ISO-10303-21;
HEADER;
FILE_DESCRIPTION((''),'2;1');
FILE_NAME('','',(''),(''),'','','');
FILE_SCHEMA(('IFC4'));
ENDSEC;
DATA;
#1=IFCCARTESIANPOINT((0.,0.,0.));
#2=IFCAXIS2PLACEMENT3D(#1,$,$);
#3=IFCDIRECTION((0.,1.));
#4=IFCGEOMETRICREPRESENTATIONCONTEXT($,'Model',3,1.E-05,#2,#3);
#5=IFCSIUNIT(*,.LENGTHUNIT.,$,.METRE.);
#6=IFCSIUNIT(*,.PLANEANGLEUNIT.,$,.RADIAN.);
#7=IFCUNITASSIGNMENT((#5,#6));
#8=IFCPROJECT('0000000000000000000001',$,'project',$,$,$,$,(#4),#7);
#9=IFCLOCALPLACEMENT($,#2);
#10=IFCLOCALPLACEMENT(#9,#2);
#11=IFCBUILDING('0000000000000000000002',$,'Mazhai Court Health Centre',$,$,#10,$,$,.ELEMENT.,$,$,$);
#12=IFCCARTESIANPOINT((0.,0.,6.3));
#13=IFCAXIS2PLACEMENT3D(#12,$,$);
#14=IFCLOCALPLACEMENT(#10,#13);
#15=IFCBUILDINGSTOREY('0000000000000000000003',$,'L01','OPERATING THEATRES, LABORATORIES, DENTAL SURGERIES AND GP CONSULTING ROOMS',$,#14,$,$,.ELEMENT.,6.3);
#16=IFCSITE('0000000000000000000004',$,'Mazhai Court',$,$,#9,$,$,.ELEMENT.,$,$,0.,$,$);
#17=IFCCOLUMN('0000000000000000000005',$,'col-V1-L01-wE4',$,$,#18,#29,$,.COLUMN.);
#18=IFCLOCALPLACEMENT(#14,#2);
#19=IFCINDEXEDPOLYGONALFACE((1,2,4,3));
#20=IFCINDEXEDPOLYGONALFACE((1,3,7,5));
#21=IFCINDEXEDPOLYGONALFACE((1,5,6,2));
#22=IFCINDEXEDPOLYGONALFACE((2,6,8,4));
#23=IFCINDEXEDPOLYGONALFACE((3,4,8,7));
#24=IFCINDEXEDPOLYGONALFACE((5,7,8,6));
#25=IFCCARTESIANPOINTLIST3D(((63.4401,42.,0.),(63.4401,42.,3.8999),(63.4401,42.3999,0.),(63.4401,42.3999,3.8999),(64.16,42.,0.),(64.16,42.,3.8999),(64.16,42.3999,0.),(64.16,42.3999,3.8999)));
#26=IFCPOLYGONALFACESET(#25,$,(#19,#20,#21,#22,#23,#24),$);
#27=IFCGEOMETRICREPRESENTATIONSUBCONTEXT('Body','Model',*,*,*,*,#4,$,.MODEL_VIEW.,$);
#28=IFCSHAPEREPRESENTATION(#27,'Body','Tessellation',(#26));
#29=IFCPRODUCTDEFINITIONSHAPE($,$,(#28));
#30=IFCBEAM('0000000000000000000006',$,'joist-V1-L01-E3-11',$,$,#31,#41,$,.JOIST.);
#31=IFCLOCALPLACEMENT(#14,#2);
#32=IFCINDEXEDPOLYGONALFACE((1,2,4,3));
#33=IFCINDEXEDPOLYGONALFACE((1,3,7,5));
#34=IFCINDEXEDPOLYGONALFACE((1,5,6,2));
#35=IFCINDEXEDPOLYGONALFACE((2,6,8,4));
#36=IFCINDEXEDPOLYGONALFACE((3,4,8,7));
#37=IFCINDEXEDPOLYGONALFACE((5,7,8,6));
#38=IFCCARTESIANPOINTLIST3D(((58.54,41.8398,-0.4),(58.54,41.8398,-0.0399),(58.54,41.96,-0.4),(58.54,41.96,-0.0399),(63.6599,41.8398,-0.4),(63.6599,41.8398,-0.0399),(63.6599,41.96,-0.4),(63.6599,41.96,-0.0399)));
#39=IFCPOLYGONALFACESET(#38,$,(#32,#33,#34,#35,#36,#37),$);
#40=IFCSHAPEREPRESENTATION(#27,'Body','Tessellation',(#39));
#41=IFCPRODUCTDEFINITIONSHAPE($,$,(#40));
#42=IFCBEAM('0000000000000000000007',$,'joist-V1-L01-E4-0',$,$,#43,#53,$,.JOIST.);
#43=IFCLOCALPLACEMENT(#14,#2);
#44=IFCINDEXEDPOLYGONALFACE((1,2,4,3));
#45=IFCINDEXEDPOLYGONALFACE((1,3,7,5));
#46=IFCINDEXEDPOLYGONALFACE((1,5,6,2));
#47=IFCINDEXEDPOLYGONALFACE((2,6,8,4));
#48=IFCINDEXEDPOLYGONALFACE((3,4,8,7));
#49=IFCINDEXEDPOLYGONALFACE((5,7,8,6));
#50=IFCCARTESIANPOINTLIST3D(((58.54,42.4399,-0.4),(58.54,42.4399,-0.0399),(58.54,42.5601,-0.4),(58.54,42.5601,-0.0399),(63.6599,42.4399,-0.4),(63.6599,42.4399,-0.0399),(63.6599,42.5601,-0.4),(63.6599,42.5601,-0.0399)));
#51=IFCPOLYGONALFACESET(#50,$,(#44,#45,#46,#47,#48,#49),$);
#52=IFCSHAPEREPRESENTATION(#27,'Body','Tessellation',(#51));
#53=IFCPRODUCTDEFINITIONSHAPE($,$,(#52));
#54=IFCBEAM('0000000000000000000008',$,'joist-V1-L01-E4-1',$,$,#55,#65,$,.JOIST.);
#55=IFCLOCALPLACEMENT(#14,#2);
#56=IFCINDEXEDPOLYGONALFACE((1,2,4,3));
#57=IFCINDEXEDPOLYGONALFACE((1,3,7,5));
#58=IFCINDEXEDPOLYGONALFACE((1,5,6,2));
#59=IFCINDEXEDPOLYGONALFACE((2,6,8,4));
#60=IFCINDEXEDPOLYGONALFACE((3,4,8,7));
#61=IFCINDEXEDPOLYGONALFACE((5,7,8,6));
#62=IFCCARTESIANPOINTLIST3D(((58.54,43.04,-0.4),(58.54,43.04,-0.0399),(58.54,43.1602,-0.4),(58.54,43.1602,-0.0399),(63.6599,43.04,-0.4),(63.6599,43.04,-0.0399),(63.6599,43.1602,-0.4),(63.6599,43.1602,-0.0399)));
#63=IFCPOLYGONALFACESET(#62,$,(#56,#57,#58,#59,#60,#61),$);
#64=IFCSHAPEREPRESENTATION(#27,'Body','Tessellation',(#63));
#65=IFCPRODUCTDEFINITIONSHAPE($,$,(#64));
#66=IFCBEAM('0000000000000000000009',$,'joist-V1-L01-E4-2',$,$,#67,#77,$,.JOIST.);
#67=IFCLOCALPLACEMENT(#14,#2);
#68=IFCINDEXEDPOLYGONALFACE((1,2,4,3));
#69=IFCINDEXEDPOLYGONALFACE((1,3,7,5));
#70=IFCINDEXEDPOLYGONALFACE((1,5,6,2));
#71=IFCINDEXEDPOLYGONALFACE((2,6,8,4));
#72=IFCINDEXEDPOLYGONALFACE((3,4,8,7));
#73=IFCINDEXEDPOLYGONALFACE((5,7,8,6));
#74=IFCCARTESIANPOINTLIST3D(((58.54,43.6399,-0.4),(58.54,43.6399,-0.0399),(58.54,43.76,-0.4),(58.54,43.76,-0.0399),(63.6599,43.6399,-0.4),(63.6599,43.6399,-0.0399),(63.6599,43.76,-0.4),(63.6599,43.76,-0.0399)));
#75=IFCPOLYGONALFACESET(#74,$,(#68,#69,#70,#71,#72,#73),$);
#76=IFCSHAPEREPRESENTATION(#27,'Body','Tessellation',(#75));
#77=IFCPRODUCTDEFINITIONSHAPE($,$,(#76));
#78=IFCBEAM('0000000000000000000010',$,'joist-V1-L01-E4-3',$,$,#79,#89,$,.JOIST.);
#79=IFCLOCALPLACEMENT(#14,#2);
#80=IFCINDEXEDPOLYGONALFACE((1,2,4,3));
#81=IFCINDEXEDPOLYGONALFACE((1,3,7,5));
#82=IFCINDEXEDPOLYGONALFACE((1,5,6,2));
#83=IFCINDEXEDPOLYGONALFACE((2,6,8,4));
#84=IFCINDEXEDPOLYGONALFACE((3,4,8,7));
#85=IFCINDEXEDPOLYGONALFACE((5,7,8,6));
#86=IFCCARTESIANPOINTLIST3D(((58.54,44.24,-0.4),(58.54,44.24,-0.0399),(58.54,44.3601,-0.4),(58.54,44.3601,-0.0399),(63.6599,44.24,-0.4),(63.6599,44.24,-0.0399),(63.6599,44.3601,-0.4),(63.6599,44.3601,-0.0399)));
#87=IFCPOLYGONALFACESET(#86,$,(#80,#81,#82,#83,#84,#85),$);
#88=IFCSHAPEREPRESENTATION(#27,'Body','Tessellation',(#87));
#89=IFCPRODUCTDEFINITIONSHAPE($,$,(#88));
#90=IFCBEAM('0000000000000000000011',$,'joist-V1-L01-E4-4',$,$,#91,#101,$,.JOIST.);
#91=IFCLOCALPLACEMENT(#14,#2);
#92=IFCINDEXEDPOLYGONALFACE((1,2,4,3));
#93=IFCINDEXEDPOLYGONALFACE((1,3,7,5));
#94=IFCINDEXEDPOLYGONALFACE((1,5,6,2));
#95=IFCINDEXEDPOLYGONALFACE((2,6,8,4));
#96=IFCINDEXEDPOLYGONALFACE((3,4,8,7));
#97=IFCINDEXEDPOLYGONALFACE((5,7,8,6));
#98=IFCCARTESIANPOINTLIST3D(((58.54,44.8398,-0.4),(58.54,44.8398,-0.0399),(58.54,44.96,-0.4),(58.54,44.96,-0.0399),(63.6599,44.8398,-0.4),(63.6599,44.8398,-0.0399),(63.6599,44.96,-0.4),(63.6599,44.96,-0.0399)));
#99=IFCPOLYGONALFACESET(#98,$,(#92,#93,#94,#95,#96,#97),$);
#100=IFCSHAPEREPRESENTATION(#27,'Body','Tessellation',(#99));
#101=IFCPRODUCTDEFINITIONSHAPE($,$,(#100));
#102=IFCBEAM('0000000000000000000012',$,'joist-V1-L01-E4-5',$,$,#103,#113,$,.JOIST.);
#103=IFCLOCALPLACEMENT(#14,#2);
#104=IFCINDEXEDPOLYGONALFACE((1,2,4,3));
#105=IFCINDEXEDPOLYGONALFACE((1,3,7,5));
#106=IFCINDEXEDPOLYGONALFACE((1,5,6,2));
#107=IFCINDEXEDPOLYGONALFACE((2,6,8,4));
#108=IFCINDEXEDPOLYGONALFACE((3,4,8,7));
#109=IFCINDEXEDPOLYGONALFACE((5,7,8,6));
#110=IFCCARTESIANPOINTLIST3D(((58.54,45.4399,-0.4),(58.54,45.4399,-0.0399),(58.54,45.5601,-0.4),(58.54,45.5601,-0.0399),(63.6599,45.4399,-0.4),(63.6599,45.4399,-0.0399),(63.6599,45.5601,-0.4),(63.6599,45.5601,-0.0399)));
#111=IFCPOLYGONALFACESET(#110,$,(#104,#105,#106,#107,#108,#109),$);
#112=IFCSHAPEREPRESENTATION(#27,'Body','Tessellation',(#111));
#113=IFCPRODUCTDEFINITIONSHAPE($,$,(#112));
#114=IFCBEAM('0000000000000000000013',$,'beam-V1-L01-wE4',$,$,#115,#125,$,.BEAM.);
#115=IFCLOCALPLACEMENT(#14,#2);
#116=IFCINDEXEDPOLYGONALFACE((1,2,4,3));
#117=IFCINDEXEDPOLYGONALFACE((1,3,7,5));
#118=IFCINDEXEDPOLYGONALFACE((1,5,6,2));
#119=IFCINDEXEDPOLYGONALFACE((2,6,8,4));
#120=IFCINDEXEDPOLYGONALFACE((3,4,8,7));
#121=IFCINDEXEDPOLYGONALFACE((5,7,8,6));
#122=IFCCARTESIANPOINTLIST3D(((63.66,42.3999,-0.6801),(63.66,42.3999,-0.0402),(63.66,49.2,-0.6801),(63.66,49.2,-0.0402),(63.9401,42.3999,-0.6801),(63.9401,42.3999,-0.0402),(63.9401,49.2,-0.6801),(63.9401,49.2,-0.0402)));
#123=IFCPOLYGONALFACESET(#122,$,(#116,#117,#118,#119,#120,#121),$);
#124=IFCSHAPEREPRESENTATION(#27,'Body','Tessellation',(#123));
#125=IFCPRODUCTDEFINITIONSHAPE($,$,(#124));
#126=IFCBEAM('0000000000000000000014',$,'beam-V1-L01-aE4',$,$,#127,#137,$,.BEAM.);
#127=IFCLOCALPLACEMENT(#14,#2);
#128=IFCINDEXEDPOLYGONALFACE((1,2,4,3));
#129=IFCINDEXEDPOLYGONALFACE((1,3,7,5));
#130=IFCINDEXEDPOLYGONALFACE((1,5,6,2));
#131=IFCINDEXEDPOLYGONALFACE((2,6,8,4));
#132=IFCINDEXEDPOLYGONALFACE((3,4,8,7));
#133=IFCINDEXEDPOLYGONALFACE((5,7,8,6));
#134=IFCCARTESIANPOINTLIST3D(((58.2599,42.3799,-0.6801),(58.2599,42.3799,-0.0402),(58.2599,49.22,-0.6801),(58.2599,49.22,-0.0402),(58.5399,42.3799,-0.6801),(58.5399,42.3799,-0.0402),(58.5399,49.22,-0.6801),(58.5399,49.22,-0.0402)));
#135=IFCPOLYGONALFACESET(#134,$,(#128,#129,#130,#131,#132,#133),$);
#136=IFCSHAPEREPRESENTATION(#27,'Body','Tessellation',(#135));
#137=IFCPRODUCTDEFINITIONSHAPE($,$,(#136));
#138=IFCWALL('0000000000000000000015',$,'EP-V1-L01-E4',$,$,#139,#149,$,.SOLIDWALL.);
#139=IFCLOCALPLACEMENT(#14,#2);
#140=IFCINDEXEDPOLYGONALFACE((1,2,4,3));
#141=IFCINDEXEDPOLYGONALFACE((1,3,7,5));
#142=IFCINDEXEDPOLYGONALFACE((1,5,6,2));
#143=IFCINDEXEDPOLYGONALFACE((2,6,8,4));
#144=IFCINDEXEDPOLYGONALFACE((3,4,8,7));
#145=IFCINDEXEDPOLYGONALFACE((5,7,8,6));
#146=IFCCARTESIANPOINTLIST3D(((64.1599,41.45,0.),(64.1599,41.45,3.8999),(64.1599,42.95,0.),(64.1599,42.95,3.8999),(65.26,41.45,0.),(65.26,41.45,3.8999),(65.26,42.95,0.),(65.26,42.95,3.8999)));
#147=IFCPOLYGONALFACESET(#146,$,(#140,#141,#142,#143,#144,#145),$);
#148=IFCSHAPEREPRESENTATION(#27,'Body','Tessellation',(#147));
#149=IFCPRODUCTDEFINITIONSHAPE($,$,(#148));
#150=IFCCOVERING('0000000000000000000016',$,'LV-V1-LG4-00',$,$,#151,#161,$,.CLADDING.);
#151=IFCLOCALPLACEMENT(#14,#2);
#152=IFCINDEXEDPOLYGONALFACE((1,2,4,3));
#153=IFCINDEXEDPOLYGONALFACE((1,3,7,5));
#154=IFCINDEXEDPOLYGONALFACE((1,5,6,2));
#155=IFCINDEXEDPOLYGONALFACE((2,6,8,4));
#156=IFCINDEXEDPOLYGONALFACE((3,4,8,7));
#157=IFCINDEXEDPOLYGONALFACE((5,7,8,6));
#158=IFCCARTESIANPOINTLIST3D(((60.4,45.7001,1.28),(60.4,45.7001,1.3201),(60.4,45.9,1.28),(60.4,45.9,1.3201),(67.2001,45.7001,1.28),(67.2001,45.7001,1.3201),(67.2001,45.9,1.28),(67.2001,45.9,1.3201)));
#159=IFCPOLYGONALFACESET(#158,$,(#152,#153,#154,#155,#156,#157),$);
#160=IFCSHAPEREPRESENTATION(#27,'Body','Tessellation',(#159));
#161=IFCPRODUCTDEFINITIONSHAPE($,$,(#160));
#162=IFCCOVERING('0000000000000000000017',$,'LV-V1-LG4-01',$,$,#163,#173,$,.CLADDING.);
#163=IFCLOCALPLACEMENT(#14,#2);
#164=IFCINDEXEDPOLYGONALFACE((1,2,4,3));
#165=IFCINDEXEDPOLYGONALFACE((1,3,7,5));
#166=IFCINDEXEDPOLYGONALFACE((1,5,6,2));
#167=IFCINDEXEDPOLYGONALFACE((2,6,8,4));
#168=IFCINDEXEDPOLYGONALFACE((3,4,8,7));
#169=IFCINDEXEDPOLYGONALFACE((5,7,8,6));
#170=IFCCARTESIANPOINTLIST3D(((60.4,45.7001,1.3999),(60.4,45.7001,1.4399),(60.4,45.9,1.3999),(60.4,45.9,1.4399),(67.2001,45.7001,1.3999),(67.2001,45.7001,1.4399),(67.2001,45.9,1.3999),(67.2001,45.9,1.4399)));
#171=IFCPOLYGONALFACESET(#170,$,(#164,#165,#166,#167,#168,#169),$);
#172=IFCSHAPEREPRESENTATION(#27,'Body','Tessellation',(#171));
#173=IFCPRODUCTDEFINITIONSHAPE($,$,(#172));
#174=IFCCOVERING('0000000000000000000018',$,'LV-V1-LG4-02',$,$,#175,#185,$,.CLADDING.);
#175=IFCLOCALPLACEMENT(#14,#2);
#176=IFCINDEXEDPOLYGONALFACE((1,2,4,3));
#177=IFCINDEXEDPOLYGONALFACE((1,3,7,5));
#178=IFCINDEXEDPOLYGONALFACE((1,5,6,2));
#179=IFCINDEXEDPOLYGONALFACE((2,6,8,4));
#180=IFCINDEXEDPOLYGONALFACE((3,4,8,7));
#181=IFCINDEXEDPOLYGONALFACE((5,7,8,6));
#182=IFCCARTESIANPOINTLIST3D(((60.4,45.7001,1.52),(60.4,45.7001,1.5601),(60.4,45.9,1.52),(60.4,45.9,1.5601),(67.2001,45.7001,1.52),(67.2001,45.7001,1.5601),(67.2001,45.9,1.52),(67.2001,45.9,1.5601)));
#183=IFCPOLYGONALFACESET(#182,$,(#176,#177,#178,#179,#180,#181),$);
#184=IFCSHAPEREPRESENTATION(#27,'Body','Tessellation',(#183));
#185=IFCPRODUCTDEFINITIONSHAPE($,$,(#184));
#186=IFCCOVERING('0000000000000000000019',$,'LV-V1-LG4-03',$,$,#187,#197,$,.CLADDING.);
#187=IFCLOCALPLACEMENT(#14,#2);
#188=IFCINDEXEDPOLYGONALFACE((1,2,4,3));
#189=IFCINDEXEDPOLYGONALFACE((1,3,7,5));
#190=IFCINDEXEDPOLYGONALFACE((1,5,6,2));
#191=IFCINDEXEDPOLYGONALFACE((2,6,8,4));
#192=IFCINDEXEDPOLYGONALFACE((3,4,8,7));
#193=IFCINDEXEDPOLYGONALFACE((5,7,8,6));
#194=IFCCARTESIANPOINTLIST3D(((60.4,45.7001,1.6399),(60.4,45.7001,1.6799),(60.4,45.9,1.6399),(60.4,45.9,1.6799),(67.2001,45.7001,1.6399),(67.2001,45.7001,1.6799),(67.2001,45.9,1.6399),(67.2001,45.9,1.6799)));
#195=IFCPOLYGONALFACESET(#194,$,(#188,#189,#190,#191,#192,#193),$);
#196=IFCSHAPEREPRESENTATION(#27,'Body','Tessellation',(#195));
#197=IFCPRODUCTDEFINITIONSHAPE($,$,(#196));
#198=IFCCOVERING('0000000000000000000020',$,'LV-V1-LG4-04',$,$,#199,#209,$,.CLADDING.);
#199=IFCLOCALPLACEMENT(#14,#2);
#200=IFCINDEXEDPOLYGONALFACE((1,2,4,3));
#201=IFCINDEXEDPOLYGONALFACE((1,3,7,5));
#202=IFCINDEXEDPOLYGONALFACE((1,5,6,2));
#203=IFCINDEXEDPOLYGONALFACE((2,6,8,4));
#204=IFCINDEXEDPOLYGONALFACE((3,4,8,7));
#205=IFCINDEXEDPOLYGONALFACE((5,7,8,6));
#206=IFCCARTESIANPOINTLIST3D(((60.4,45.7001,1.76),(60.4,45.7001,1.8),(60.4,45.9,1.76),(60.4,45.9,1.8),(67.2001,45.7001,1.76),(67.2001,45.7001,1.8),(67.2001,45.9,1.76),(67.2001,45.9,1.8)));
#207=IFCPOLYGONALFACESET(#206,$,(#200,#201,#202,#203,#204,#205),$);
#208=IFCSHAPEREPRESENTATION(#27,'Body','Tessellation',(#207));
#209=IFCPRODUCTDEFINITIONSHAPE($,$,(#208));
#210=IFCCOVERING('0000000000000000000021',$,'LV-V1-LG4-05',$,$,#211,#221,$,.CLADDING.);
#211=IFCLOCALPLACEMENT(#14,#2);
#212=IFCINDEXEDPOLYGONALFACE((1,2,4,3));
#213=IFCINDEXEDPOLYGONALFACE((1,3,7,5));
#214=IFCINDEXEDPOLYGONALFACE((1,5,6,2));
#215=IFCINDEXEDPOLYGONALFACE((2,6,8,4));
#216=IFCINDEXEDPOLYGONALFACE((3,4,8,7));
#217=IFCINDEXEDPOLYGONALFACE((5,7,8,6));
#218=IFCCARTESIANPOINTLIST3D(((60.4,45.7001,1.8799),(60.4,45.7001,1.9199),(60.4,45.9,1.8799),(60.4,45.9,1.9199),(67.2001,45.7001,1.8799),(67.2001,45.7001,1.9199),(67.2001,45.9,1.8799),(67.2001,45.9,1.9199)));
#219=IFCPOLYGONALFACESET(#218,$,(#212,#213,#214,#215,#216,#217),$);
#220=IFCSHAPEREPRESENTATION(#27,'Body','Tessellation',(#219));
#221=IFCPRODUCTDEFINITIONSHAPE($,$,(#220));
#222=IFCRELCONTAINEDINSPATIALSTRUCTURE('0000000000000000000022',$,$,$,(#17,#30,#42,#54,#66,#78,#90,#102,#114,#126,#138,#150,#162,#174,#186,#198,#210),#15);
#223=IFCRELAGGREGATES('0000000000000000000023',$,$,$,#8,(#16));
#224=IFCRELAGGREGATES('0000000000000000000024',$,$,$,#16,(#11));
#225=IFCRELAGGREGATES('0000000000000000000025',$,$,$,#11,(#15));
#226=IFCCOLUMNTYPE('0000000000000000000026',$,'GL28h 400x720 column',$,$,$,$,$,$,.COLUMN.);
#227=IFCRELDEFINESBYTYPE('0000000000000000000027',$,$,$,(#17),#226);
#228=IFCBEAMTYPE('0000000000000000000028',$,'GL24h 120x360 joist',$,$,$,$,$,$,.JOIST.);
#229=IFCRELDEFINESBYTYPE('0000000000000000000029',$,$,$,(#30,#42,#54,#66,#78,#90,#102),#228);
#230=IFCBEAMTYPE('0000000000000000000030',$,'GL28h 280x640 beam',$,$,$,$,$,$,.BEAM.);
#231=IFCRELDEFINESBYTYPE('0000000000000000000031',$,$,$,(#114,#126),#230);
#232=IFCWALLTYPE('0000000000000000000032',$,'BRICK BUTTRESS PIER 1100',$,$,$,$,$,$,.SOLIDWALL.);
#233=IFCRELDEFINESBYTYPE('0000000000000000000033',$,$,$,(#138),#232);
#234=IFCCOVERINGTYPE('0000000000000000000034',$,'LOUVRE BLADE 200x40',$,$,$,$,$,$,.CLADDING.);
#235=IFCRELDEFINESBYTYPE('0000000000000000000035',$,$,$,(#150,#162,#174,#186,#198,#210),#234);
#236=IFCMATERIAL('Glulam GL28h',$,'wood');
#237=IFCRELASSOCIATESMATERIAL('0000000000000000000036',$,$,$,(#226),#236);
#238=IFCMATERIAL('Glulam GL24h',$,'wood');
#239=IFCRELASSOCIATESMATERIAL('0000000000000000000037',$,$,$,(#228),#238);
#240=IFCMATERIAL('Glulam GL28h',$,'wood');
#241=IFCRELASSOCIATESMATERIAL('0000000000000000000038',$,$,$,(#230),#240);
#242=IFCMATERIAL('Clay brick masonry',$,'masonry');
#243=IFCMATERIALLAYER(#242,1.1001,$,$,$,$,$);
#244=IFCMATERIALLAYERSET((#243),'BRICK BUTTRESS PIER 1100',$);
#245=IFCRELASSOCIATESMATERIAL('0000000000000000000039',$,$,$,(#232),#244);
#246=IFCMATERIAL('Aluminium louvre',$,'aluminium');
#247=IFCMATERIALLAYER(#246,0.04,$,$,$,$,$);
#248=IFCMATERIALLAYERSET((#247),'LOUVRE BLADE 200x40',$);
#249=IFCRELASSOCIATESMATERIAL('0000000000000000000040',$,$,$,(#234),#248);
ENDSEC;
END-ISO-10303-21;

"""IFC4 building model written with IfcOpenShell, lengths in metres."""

from ifc_helpers import new_model, si_unit, direction, frame, frame_2d, origin, origin_2d, place, context, subcontext, project, spatial, rectangle, extrude, material, layer, layer_set, material_profile, profile_set, type_object, element, save


model = new_model("IFC4")

# Units and contexts
model_context = context("Model", 3, precision=1e-05, world=origin(), true_north=direction((0.0, 1.0)))
body_context = subcontext(model_context, "Body", "Model", "MODEL_VIEW")
ifc_project = project(units=[si_unit("LENGTHUNIT", "METRE"), si_unit("PLANEANGLEUNIT", "RADIAN")], contexts=[model_context])

# Site, building, storey
site_placement = place(None, origin())
site = spatial("IfcSite", under=ifc_project, at=site_placement, Name="Mazhai Court", CompositionType="ELEMENT", RefElevation=0.0)
building_placement = place(site_placement, origin())
building = spatial("IfcBuilding", under=site, at=building_placement, Name="Mazhai Court Health Centre", CompositionType="ELEMENT")
storey_placement = place(building_placement, frame((0.0, 0.0, 6.3)))
storey = spatial("IfcBuildingStorey", under=building, at=storey_placement, Name="L01", Description="OPERATING THEATRES, LABORATORIES, DENTAL SURGERIES AND GP CONSULTING ROOMS", CompositionType="ELEMENT", Elevation=6.3)

# Column
ifc_material_1 = material(Name="Glulam GL28h", Category="wood")
ifc_material_profile_1 = material_profile(ifc_material_1, rectangle(XDim=0.3999, YDim=0.72, at=origin_2d()), Name="GL28h 400x720")
ifc_profile_set_1 = profile_set([ifc_material_profile_1], Name="Glulam GL28h")
column_type = type_object("IfcColumnType", Name="GL28h 400x720 column", PredefinedType="COLUMN", material=ifc_profile_set_1)
column_placement = place(storey_placement, frame((63.8, 42.2, 0.0), z_axis=(0.0, 0.0, 1.0), x_axis=(0.0, 1.0, 0.0)))
element("IfcColumn", 1, at=column_placement, inside=storey, type_object=column_type, Name="col-V1-L01-wE4", PredefinedType="COLUMN", context=body_context, shape_type="SweptSolid", body=[
    extrude(rectangle(XDim=0.3999, YDim=0.72, at=origin_2d()), origin(), (0.0, 0.0, 1.0), 3.8999),
])

# Beams
ifc_material_2 = material(Name="Glulam GL24h", Category="wood")
ifc_material_profile_2 = material_profile(ifc_material_2, rectangle(XDim=0.1201, YDim=0.3601, at=origin_2d()), Name="GL24h 120x360")
ifc_profile_set_2 = profile_set([ifc_material_profile_2], Name="Glulam GL24h")
beam_type_1 = type_object("IfcBeamType", Name="GL24h 120x360 joist", PredefinedType="JOIST", material=ifc_profile_set_2)
for number, where, z_axis, x_axis, name in (
    (2, (58.54, 41.8999, -0.22), (1.0, 0.0, 0.0), (0.0, 1.0, 0.0), "joist-V1-L01-E3-11"),
    (3, (58.54, 42.5, -0.22), (1.0, 0.0, 0.0), (0.0, 1.0, 0.0), "joist-V1-L01-E4-0"),
    (4, (58.54, 43.1001, -0.22), (1.0, 0.0, 0.0), (0.0, 1.0, 0.0), "joist-V1-L01-E4-1"),
    (5, (58.54, 43.7, -0.22), (1.0, 0.0, 0.0), (0.0, 1.0, 0.0), "joist-V1-L01-E4-2"),
    (6, (58.54, 44.3, -0.22), (1.0, 0.0, 0.0), (0.0, 1.0, 0.0), "joist-V1-L01-E4-3"),
    (7, (58.54, 44.8999, -0.22), (1.0, 0.0, 0.0), (0.0, 1.0, 0.0), "joist-V1-L01-E4-4"),
    (8, (58.54, 45.5, -0.22), (1.0, 0.0, 0.0), (0.0, 1.0, 0.0), "joist-V1-L01-E4-5"),
):
    element("IfcBeam", number, at=place(storey_placement, frame(where, z_axis=z_axis, x_axis=x_axis)), inside=storey, type_object=beam_type_1, Name=name, PredefinedType="JOIST", context=body_context, shape_type="SweptSolid", body=[
        extrude(rectangle(XDim=0.1201, YDim=0.3601, at=origin_2d()), origin(), (0.0, 0.0, 1.0), 5.1199),
    ])
ifc_material_3 = material(Name="Glulam GL28h", Category="wood")
ifc_material_profile_3 = material_profile(ifc_material_3, rectangle(XDim=0.28, YDim=0.6399, at=origin_2d()), Name="GL28h 280x640")
ifc_profile_set_3 = profile_set([ifc_material_profile_3], Name="Glulam GL28h")
beam_type_2 = type_object("IfcBeamType", Name="GL28h 280x640 beam", PredefinedType="BEAM", material=ifc_profile_set_3)
beam_1_placement = place(storey_placement, frame((63.8, 42.3999, -0.3601), z_axis=(0.0, 1.0, 0.0), x_axis=(-1.0, 0.0, 0.0)))
element("IfcBeam", 9, at=beam_1_placement, inside=storey, type_object=beam_type_2, Name="beam-V1-L01-wE4", PredefinedType="BEAM", context=body_context, shape_type="SweptSolid", body=[
    extrude(rectangle(XDim=0.28, YDim=0.6399, at=origin_2d()), origin(), (0.0, 0.0, 1.0), 6.8),
])
beam_2_placement = place(storey_placement, frame((58.3999, 42.3799, -0.3601), z_axis=(0.0, 1.0, 0.0), x_axis=(-1.0, 0.0, 0.0)))
element("IfcBeam", 10, at=beam_2_placement, inside=storey, type_object=beam_type_2, Name="beam-V1-L01-aE4", PredefinedType="BEAM", context=body_context, shape_type="SweptSolid", body=[
    extrude(rectangle(XDim=0.28, YDim=0.6399, at=origin_2d()), origin(), (0.0, 0.0, 1.0), 6.8401),
])

# Wall
ifc_material_4 = material(Name="Clay brick masonry", Category="masonry")
ifc_layer_1 = layer(ifc_material_4, 1.1001)
ifc_layer_set_1 = layer_set([ifc_layer_1], Name="BRICK BUTTRESS PIER 1100")
wall_type = type_object("IfcWallType", Name="BRICK BUTTRESS PIER 1100", PredefinedType="SOLIDWALL", material=ifc_layer_set_1)
wall_placement = place(storey_placement, frame((64.71, 42.95, 0.0), z_axis=(0.0, 0.0, 1.0), x_axis=(0.0, -1.0, 0.0)))
element("IfcWall", 11, at=wall_placement, inside=storey, type_object=wall_type, Name="EP-V1-L01-E4", PredefinedType="SOLIDWALL", context=body_context, shape_type="SweptSolid", body=[
    extrude(rectangle(XDim=1.5, YDim=1.1001, at=frame_2d((0.75, 0.0))), origin(), (0.0, 0.0, 1.0), 3.8999),
])

# Coverings
ifc_material_5 = material(Name="Aluminium louvre", Category="aluminium")
ifc_layer_2 = layer(ifc_material_5, 0.04)
ifc_layer_set_2 = layer_set([ifc_layer_2], Name="LOUVRE BLADE 200x40")
covering_type = type_object("IfcCoveringType", Name="LOUVRE BLADE 200x40", PredefinedType="CLADDING", material=ifc_layer_set_2)
for number, where, z_axis, x_axis, name in (
    (12, (63.8, 45.8, 1.28), (0.0, 0.0, 1.0), (0.0, 1.0, 0.0), "LV-V1-LG4-00"),
    (13, (63.8, 45.8, 1.3999), (0.0, 0.0, 1.0), (0.0, 1.0, 0.0), "LV-V1-LG4-01"),
    (14, (63.8, 45.8, 1.52), (0.0, 0.0, 1.0), (0.0, 1.0, 0.0), "LV-V1-LG4-02"),
    (15, (63.8, 45.8, 1.6399), (0.0, 0.0, 1.0), (0.0, 1.0, 0.0), "LV-V1-LG4-03"),
    (16, (63.8, 45.8, 1.76), (0.0, 0.0, 1.0), (0.0, 1.0, 0.0), "LV-V1-LG4-04"),
    (17, (63.8, 45.8, 1.8799), (0.0, 0.0, 1.0), (0.0, 1.0, 0.0), "LV-V1-LG4-05"),
):
    element("IfcCovering", number, at=place(storey_placement, frame(where, z_axis=z_axis, x_axis=x_axis)), inside=storey, type_object=covering_type, Name=name, PredefinedType="CLADDING", context=body_context, shape_type="SweptSolid", body=[
        extrude(rectangle(XDim=0.2, YDim=6.8, at=origin_2d()), origin(), (0.0, 0.0, 1.0), 0.04),
    ])

save(model, "model.ifc")
